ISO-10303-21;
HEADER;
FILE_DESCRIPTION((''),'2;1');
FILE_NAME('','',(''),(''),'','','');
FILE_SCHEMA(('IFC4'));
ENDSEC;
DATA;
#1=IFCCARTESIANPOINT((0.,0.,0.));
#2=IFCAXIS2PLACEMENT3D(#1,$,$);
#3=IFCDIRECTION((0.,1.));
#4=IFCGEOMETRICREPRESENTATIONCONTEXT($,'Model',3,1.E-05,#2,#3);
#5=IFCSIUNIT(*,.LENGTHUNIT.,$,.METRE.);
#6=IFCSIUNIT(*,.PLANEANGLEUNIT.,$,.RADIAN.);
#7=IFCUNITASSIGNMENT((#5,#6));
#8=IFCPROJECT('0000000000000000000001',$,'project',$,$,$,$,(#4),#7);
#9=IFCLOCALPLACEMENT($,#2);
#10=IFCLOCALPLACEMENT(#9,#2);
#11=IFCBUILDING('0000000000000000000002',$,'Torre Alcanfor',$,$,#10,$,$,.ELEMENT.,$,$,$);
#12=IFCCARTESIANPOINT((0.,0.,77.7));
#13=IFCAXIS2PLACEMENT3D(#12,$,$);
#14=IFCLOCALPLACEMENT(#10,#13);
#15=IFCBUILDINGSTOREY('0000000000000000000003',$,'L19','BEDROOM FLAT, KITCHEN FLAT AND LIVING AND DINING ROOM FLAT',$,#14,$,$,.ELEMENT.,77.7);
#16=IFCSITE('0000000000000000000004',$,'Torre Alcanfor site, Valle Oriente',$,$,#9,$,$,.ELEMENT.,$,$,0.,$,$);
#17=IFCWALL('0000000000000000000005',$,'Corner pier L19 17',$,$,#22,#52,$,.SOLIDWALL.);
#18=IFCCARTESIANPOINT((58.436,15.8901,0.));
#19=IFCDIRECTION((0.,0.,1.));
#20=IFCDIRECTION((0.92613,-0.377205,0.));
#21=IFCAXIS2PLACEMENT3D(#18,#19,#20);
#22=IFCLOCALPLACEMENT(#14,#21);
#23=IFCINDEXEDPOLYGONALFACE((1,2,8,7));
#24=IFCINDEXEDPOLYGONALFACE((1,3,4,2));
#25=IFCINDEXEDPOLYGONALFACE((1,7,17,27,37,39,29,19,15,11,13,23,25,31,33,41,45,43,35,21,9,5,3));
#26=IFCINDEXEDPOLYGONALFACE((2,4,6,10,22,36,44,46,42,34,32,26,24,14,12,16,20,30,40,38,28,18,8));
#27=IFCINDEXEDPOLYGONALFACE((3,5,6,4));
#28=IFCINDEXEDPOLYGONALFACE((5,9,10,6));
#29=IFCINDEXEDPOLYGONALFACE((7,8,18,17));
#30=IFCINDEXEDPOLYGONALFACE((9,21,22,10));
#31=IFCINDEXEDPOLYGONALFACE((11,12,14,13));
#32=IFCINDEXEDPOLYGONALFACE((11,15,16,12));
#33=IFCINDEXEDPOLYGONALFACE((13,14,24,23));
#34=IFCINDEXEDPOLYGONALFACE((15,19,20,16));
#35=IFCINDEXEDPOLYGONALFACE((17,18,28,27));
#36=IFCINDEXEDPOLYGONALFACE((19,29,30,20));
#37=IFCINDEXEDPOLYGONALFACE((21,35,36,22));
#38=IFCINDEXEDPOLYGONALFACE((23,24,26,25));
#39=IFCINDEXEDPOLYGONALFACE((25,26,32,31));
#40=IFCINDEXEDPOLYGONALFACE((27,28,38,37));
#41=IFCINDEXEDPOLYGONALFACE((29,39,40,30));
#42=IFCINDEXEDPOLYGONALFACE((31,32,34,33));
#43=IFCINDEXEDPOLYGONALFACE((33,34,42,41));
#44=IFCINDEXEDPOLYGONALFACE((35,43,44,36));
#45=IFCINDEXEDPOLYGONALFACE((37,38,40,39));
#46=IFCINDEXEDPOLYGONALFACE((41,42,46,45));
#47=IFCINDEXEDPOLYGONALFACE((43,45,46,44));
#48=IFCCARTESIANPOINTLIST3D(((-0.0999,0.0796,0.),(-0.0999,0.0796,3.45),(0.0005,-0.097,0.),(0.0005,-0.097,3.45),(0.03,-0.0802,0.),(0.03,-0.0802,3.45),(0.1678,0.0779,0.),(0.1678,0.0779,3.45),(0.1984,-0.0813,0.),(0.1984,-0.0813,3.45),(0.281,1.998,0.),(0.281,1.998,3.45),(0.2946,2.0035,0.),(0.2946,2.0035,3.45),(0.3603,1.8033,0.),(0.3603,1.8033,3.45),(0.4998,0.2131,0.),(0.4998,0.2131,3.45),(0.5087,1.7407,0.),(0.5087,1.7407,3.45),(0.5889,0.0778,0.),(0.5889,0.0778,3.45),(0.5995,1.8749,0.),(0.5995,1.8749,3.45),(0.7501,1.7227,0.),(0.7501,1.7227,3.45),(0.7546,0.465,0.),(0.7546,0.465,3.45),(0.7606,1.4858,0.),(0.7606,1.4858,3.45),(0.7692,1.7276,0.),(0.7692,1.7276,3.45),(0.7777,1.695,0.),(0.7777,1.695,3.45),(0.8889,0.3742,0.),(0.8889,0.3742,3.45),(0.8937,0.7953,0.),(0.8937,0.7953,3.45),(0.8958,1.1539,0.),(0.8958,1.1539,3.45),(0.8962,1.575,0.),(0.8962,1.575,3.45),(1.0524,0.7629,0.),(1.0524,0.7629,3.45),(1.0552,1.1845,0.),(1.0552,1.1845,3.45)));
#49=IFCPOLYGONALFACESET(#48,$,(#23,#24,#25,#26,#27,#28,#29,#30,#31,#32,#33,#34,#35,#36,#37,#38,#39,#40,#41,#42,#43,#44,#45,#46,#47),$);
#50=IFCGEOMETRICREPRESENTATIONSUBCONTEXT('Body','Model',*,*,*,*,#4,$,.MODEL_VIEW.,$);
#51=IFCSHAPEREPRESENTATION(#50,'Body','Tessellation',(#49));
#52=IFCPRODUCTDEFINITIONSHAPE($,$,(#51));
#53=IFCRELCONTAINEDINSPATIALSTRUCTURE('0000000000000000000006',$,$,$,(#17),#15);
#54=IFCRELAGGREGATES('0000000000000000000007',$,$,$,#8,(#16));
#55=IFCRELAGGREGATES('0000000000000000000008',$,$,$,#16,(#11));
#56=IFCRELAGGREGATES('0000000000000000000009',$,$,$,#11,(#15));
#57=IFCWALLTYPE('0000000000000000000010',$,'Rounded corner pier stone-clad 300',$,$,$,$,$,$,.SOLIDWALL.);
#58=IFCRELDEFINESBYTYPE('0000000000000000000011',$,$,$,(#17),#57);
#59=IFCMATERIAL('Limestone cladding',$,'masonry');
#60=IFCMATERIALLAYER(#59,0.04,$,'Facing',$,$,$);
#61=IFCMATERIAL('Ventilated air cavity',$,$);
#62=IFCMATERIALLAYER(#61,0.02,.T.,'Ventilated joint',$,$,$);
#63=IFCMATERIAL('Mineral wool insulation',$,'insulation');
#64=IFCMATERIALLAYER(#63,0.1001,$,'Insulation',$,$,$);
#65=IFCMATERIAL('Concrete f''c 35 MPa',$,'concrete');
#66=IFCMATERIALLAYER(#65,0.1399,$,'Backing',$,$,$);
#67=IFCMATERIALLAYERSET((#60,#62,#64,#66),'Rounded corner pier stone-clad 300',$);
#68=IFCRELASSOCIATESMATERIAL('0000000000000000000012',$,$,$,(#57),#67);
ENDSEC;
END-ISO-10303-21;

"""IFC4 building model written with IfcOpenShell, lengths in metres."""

from ifc_helpers import new_model, si_unit, direction, frame, origin, place, context, subcontext, project, spatial, polyline, outline, extrude, material, layer, layer_set, type_object, element, save


model = new_model("IFC4")

# Units and contexts
model_context = context("Model", 3, precision=1e-05, world=origin(), true_north=direction((0.0, 1.0)))
body_context = subcontext(model_context, "Body", "Model", "MODEL_VIEW")
ifc_project = project(units=[si_unit("LENGTHUNIT", "METRE"), si_unit("PLANEANGLEUNIT", "RADIAN")], contexts=[model_context])

# Site, building, storey
site_placement = place(None, origin())
site = spatial("IfcSite", under=ifc_project, at=site_placement, Name="Torre Alcanfor site, Valle Oriente", CompositionType="ELEMENT", RefElevation=0.0)
building_placement = place(site_placement, origin())
building = spatial("IfcBuilding", under=site, at=building_placement, Name="Torre Alcanfor", CompositionType="ELEMENT")
storey_placement = place(building_placement, frame((0.0, 0.0, 77.7)))
storey = spatial("IfcBuildingStorey", under=building, at=storey_placement, Name="L19", Description="BEDROOM FLAT, KITCHEN FLAT AND LIVING AND DINING ROOM FLAT", CompositionType="ELEMENT", Elevation=77.7)

# Shared definitions
ifc_material_1 = material(Name="Limestone cladding", Category="masonry")
ifc_material_2 = material(Name="Ventilated air cavity")
ifc_material_3 = material(Name="Mineral wool insulation", Category="insulation")
ifc_material_4 = material(Name="Concrete f'c 35 MPa", Category="concrete")

# Wall
ifc_layer_1 = layer(ifc_material_1, 0.04, Name="Facing")
ifc_layer_2 = layer(ifc_material_2, 0.02, ventilated=True, Name="Ventilated joint")
ifc_layer_3 = layer(ifc_material_3, 0.1001, Name="Insulation")
ifc_layer_4 = layer(ifc_material_4, 0.1399, Name="Backing")
ifc_layer_set_1 = layer_set([ifc_layer_1, ifc_layer_2, ifc_layer_3, ifc_layer_4], Name="Rounded corner pier stone-clad 300")
wall_type_1 = type_object("IfcWallType", Name="Rounded corner pier stone-clad 300", PredefinedType="SOLIDWALL", material=ifc_layer_set_1)
wall_1_placement = place(storey_placement, frame((58.436, 15.8901, 0.0), z_axis=(0.0, 0.0, 1.0), x_axis=(0.92613, -0.377205, 0.0)))
element("IfcWall", 1, at=wall_1_placement, inside=storey, type_object=wall_type_1, Name="Corner pier L19 17", PredefinedType="SOLIDWALL", context=body_context, shape_type="SweptSolid", body=[
    extrude(outline(polyline([(0.7692, 1.7276), (0.7501, 1.7227), (0.5995, 1.8749), (0.2946, 2.0035), (0.281, 1.998), (0.3603, 1.8033), (0.5087, 1.7407), (0.7606, 1.4858), (0.8958, 1.1539), (0.8937, 0.7953), (0.7546, 0.465), (0.4998, 0.2131), (0.1678, 0.0779), (-0.0999, 0.0796), (0.0005, -0.097), (0.03, -0.0802), (0.1984, -0.0813), (0.5889, 0.0778), (0.8889, 0.3742), (1.0524, 0.7629), (1.0552, 1.1845), (0.8962, 1.575), (0.7777, 1.695), (0.7692, 1.7276)])), origin(), (0.0, 0.0, 1.0), 3.45),
])

save(model, "model.ifc")
